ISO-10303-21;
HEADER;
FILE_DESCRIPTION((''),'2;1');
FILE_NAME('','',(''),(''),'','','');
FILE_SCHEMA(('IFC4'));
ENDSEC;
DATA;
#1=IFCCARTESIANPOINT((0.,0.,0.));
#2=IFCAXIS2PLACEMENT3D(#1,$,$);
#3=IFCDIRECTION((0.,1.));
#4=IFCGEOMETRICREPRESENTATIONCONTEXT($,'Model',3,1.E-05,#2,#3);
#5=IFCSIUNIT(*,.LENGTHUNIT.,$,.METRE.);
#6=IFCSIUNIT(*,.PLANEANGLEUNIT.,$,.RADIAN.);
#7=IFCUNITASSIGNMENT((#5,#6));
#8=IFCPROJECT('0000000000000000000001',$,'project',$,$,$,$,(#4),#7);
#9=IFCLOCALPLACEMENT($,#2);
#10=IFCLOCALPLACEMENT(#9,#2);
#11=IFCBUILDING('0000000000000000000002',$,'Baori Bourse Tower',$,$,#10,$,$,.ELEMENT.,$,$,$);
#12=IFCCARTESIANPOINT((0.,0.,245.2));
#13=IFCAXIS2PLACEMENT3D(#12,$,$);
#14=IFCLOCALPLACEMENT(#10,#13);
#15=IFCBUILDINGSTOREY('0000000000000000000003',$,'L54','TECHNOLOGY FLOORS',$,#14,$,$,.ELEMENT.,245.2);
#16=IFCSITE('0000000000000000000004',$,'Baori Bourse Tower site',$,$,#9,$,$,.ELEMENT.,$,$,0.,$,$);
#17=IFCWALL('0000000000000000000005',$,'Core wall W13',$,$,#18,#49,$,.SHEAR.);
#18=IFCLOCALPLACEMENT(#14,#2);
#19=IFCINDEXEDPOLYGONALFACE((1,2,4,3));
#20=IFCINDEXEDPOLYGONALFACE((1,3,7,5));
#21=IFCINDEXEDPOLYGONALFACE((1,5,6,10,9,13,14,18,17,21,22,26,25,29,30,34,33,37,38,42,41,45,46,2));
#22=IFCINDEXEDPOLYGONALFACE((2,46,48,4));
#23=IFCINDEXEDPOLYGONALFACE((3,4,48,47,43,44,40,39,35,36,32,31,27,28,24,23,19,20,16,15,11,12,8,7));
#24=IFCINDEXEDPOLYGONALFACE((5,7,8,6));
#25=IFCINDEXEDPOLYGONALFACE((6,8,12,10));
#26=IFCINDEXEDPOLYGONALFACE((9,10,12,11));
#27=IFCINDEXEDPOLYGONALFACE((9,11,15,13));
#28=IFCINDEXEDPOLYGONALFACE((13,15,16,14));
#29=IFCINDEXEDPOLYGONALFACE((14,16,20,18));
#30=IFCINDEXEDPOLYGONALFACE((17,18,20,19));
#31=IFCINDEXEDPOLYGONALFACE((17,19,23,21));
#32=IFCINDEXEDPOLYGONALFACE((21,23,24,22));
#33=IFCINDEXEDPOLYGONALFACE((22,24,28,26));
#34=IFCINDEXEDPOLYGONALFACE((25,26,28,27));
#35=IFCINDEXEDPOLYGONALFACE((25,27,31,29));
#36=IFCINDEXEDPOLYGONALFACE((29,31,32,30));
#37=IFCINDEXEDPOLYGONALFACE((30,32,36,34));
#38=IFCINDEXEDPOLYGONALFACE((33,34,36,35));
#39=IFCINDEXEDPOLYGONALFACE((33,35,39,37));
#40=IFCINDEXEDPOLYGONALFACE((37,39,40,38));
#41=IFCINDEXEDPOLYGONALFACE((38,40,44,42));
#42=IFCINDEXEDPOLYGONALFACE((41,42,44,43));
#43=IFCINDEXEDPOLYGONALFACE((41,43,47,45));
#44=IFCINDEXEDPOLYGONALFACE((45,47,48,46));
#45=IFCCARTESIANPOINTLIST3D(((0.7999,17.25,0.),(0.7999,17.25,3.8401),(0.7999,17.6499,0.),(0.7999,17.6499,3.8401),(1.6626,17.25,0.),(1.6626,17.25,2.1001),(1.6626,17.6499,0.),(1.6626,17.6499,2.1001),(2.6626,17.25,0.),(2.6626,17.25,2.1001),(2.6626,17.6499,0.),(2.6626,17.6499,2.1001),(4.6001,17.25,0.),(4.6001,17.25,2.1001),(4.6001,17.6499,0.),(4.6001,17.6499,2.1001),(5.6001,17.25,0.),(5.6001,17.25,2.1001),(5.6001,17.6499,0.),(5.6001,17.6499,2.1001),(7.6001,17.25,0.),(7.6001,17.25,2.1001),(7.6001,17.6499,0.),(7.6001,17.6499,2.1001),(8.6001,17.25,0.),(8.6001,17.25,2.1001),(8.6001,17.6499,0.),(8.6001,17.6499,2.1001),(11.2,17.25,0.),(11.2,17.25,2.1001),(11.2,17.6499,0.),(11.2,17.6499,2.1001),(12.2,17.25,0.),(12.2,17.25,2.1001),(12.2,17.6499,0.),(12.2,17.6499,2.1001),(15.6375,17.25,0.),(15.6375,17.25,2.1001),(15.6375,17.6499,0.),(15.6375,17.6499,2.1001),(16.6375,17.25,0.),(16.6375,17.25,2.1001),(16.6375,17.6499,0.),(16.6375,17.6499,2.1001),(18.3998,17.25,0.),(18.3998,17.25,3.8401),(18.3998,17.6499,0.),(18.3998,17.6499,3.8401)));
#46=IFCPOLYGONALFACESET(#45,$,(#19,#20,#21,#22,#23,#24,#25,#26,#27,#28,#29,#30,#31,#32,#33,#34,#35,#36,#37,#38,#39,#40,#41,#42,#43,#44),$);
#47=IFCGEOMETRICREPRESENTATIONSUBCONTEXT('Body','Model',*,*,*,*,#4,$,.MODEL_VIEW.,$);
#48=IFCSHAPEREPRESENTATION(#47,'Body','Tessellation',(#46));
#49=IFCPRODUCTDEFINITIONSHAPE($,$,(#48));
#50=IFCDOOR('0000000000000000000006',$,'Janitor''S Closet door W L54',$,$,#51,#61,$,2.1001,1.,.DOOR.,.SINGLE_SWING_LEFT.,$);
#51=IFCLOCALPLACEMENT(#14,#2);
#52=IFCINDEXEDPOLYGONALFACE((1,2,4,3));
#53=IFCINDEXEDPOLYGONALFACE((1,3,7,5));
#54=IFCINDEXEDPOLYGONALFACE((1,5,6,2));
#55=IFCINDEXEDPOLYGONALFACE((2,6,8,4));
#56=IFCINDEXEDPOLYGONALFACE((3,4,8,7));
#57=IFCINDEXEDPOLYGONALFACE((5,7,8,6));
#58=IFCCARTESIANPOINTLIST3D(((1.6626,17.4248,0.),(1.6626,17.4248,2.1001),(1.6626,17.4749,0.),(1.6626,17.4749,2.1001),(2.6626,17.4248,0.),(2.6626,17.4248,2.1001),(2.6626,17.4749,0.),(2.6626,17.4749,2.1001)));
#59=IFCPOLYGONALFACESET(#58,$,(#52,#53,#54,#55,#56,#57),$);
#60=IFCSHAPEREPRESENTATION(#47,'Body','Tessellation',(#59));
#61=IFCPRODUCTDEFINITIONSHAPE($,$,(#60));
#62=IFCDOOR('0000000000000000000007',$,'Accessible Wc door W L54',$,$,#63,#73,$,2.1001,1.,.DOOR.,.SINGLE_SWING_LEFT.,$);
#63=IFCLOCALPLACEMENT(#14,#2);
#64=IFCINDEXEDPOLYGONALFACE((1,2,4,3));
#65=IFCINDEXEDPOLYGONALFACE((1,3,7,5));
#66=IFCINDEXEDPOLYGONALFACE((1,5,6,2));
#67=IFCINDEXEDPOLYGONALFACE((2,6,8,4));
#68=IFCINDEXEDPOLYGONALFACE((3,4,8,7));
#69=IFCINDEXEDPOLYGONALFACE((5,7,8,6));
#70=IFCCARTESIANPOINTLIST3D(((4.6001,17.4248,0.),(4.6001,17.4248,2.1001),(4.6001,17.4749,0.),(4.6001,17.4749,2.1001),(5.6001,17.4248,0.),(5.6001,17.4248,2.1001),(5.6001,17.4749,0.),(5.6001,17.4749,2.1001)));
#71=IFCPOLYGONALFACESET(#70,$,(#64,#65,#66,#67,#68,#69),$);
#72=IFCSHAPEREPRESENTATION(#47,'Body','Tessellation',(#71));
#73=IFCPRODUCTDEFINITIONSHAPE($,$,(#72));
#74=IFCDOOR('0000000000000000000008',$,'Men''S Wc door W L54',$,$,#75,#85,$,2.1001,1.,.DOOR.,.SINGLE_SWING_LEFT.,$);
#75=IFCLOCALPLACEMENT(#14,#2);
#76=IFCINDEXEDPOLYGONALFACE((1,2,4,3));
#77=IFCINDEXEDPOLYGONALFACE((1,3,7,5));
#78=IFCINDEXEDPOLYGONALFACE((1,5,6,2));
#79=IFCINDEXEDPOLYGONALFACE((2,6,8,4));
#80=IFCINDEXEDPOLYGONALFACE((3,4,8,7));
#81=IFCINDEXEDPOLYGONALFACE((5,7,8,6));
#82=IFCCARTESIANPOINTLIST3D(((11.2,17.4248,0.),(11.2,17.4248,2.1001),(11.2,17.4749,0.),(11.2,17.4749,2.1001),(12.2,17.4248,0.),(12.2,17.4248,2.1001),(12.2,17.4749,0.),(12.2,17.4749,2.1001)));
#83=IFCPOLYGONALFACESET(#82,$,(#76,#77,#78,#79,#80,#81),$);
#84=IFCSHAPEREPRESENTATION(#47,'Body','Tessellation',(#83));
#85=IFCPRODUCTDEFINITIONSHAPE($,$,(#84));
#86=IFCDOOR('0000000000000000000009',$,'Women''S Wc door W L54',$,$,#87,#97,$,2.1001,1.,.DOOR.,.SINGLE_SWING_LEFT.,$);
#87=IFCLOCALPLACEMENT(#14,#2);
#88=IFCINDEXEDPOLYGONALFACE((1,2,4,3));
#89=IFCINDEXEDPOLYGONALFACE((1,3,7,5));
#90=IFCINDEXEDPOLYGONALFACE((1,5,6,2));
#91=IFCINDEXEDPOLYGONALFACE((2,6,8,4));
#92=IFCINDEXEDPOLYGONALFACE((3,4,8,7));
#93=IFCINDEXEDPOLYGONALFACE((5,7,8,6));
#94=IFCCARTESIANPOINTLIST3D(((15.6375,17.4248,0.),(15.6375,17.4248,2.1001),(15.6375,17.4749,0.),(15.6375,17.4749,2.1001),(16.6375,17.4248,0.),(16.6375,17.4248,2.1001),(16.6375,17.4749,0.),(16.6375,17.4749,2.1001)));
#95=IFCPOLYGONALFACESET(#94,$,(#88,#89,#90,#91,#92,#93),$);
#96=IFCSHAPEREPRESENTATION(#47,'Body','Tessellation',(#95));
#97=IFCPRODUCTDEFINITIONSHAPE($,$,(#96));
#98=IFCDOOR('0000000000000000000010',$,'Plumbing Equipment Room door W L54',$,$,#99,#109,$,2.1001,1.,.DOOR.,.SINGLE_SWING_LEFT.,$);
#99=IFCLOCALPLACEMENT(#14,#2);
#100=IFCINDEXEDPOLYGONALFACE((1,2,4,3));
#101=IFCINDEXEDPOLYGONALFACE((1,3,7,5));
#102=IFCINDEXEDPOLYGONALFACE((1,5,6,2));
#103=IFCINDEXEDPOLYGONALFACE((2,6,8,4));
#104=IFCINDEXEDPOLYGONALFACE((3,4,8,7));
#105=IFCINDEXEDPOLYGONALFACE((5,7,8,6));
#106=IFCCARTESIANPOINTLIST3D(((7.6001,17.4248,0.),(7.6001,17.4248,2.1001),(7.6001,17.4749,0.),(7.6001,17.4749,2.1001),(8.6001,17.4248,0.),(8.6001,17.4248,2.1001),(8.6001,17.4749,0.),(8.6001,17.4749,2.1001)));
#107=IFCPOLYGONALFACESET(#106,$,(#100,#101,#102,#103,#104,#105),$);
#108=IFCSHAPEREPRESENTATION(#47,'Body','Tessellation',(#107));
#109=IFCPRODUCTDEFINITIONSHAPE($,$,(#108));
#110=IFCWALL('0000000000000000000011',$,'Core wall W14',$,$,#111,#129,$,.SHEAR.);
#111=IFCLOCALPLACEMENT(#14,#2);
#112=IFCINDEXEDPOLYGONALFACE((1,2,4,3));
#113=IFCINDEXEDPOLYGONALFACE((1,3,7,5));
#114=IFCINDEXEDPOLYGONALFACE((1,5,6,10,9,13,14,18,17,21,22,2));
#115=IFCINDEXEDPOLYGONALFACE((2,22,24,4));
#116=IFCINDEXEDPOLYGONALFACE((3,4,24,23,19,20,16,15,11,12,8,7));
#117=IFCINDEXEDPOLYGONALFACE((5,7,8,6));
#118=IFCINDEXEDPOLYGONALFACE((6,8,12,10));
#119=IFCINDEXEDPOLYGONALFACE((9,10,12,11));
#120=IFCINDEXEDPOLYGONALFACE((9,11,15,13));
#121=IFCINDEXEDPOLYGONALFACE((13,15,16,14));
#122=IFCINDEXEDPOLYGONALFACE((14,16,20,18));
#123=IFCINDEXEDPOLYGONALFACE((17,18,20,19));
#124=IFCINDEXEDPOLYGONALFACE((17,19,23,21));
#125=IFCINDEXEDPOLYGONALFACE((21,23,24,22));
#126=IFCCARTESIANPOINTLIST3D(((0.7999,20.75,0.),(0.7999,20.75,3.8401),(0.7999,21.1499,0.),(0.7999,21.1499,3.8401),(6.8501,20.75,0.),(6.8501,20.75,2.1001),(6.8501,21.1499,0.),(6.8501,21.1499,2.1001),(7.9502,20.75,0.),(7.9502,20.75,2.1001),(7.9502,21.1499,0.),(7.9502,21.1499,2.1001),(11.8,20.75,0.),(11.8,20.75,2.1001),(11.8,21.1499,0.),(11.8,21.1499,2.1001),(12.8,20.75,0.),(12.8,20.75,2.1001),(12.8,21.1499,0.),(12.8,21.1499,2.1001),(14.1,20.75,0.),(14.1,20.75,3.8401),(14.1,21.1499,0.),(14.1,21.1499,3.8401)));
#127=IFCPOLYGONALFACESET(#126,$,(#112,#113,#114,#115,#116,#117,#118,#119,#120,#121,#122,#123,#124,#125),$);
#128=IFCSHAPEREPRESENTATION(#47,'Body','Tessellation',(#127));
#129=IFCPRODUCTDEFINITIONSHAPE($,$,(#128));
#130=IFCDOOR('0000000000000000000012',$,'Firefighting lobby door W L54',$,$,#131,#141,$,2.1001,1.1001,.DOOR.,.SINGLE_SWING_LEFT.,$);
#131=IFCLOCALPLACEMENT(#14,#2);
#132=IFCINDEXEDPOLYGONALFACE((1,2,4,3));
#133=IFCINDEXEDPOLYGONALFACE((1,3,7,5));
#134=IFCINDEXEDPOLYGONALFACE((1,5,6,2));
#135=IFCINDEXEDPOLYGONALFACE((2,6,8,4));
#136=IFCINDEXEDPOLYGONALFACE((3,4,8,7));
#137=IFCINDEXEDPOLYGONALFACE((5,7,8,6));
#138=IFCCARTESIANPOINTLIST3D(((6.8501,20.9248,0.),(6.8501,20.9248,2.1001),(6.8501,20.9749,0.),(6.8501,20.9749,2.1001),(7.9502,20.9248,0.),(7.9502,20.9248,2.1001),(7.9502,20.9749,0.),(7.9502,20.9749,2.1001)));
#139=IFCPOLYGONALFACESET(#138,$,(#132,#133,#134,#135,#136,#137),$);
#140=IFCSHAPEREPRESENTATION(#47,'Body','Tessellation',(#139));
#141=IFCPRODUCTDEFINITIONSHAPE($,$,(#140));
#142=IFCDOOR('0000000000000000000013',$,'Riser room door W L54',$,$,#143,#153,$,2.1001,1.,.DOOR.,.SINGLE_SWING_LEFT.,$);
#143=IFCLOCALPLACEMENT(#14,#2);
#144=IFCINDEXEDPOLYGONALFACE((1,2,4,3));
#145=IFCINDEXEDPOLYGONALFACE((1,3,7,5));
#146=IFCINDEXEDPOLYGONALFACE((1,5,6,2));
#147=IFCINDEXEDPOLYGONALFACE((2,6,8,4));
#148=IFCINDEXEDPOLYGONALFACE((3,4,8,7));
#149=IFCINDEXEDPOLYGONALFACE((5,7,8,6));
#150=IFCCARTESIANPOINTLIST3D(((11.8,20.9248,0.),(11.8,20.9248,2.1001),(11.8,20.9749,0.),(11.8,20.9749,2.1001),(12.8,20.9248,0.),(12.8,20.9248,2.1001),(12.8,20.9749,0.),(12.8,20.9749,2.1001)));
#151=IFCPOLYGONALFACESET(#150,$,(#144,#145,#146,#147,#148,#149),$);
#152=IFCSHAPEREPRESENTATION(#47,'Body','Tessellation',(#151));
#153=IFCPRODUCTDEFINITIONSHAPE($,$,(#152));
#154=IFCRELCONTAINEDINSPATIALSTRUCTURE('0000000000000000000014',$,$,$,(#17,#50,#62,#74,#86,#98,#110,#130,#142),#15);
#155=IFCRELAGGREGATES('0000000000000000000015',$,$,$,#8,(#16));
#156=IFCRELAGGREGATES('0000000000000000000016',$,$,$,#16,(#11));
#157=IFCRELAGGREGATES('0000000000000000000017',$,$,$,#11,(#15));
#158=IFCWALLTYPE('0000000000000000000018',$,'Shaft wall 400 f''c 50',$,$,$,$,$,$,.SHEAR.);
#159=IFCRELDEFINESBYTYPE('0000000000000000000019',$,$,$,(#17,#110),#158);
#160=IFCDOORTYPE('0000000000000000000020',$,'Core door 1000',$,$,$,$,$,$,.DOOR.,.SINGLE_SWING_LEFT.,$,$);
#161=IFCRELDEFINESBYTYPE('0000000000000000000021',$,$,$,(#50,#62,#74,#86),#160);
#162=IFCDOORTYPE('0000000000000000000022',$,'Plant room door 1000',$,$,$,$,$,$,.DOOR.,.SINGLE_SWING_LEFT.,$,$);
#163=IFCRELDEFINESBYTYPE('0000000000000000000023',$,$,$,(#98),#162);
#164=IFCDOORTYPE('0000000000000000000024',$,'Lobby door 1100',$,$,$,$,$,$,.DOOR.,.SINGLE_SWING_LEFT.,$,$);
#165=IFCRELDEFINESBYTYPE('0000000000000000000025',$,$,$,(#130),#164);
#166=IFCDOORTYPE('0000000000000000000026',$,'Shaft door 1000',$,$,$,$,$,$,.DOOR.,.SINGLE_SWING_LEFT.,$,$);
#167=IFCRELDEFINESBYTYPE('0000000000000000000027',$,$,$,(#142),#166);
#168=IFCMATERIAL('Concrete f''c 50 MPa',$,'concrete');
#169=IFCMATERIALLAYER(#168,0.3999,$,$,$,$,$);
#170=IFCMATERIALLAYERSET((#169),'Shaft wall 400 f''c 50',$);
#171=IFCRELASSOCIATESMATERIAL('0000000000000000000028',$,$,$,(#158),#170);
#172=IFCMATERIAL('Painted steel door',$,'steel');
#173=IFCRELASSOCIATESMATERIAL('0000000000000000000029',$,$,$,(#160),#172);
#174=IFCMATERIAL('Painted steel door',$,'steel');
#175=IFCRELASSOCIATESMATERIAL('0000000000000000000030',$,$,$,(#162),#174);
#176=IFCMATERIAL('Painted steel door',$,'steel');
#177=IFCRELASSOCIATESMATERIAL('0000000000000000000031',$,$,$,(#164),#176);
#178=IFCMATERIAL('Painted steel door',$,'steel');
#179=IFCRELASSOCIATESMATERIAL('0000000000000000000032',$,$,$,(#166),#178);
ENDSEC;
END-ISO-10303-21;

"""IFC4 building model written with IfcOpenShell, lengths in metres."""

from ifc_helpers import new_model, si_unit, direction, frame, frame_2d, origin, place, context, subcontext, project, spatial, rectangle, extrude, material, layer, layer_set, type_object, element, fill, save


model = new_model("IFC4")

# Units and contexts
model_context = context("Model", 3, precision=1e-05, world=origin(), true_north=direction((0.0, 1.0)))
body_context = subcontext(model_context, "Body", "Model", "MODEL_VIEW")
ifc_project = project(units=[si_unit("LENGTHUNIT", "METRE"), si_unit("PLANEANGLEUNIT", "RADIAN")], contexts=[model_context])

# Site, building, storey
site_placement = place(None, origin())
site = spatial("IfcSite", under=ifc_project, at=site_placement, Name="Baori Bourse Tower site", CompositionType="ELEMENT", RefElevation=0.0)
building_placement = place(site_placement, origin())
building = spatial("IfcBuilding", under=site, at=building_placement, Name="Baori Bourse Tower", CompositionType="ELEMENT")
storey_placement = place(building_placement, frame((0.0, 0.0, 245.2)))
storey = spatial("IfcBuildingStorey", under=building, at=storey_placement, Name="L54", Description="TECHNOLOGY FLOORS", CompositionType="ELEMENT", Elevation=245.2)

# Shared definitions
ifc_material_1 = material(Name="Concrete f'c 50 MPa", Category="concrete")
ifc_layer_1 = layer(ifc_material_1, 0.3999)
ifc_layer_set_1 = layer_set([ifc_layer_1], Name="Shaft wall 400 f'c 50")
wall_type_1 = type_object("IfcWallType", Name="Shaft wall 400 f'c 50", PredefinedType="SHEAR", material=ifc_layer_set_1)

# Walls, openings, doors
wall_1_placement = place(storey_placement, frame((0.8, 17.45, 0.0), z_axis=(0.0, 0.0, 1.0), x_axis=(1.0, 0.0, 0.0)))
wall_1 = element("IfcWall", 1, at=wall_1_placement, inside=storey, type_object=wall_type_1, Name="Core wall W13", PredefinedType="SHEAR", context=body_context, shape_type="SweptSolid", body=[
    extrude(rectangle(XDim=17.5999, YDim=0.3999, at=frame_2d((8.7998, 0.0))), origin(), (0.0, 0.0, 1.0), 3.8401),
])
opening_1_placement = place(wall_1_placement, frame((0.8625, 0.0, 0.0)))
opening_1 = element("IfcOpeningElement", 2, at=opening_1_placement, cuts=wall_1, PredefinedType="OPENING", context=body_context, shape_type="SweptSolid", body=[
    extrude(rectangle(XDim=1.0, YDim=2.1001, at=frame_2d((0.5, 1.05))), frame((0.0, 0.21, 0.0), z_axis=(0.0, -1.0, 0.0), x_axis=(1.0, 0.0, 0.0)), (0.0, 0.0, 1.0), 0.4199),
])
opening_2_placement = place(wall_1_placement, frame((3.8, 0.0, 0.0)))
opening_2 = element("IfcOpeningElement", 3, at=opening_2_placement, cuts=wall_1, PredefinedType="OPENING", context=body_context, shape_type="SweptSolid", body=[
    extrude(rectangle(XDim=1.0, YDim=2.1001, at=frame_2d((0.5, 1.05))), frame((0.0, 0.21, 0.0), z_axis=(0.0, -1.0, 0.0), x_axis=(1.0, 0.0, 0.0)), (0.0, 0.0, 1.0), 0.4199),
])
opening_3_placement = place(wall_1_placement, frame((6.8, 0.0, 0.0)))
opening_3 = element("IfcOpeningElement", 4, at=opening_3_placement, cuts=wall_1, PredefinedType="OPENING", context=body_context, shape_type="SweptSolid", body=[
    extrude(rectangle(XDim=1.0, YDim=2.1001, at=frame_2d((0.5, 1.05))), frame((0.0, 0.21, 0.0), z_axis=(0.0, -1.0, 0.0), x_axis=(1.0, 0.0, 0.0)), (0.0, 0.0, 1.0), 0.4199),
])
opening_4_placement = place(wall_1_placement, frame((10.3999, 0.0, 0.0)))
opening_4 = element("IfcOpeningElement", 5, at=opening_4_placement, cuts=wall_1, PredefinedType="OPENING", context=body_context, shape_type="SweptSolid", body=[
    extrude(rectangle(XDim=1.0, YDim=2.1001, at=frame_2d((0.5, 1.05))), frame((0.0, 0.21, 0.0), z_axis=(0.0, -1.0, 0.0), x_axis=(1.0, 0.0, 0.0)), (0.0, 0.0, 1.0), 0.4199),
])
opening_5_placement = place(wall_1_placement, frame((14.8374, 0.0, 0.0)))
opening_5 = element("IfcOpeningElement", 6, at=opening_5_placement, cuts=wall_1, PredefinedType="OPENING", context=body_context, shape_type="SweptSolid", body=[
    extrude(rectangle(XDim=1.0, YDim=2.1001, at=frame_2d((0.5, 1.05))), frame((0.0, 0.21, 0.0), z_axis=(0.0, -1.0, 0.0), x_axis=(1.0, 0.0, 0.0)), (0.0, 0.0, 1.0), 0.4199),
])
ifc_material_2 = material(Name="Painted steel door", Category="steel")
door_type_1 = type_object("IfcDoorType", Name="Core door 1000", OperationType="SINGLE_SWING_LEFT", PredefinedType="DOOR", material=ifc_material_2)
door_1_placement = place(opening_1_placement, origin())
door_1 = element("IfcDoor", 7, at=door_1_placement, inside=storey, type_object=door_type_1, Name="Janitor'S Closet door W L54", OperationType="SINGLE_SWING_LEFT", OverallHeight=2.1001, OverallWidth=1.0, PredefinedType="DOOR", context=body_context, shape_type="SweptSolid", body=[
    extrude(rectangle(XDim=1.0, YDim=2.1001, at=frame_2d((0.5, 1.05))), frame((0.0, 0.0249, 0.0), z_axis=(0.0, -1.0, 0.0), x_axis=(1.0, 0.0, 0.0)), (0.0, 0.0, 1.0), 0.05),
])
fill(opening_1, door_1)
door_2_placement = place(opening_2_placement, origin())
door_2 = element("IfcDoor", 8, at=door_2_placement, inside=storey, type_object=door_type_1, Name="Accessible Wc door W L54", OperationType="SINGLE_SWING_LEFT", OverallHeight=2.1001, OverallWidth=1.0, PredefinedType="DOOR", context=body_context, shape_type="SweptSolid", body=[
    extrude(rectangle(XDim=1.0, YDim=2.1001, at=frame_2d((0.5, 1.05))), frame((0.0, 0.0249, 0.0), z_axis=(0.0, -1.0, 0.0), x_axis=(1.0, 0.0, 0.0)), (0.0, 0.0, 1.0), 0.05),
])
fill(opening_2, door_2)
door_3_placement = place(opening_4_placement, origin())
door_3 = element("IfcDoor", 9, at=door_3_placement, inside=storey, type_object=door_type_1, Name="Men'S Wc door W L54", OperationType="SINGLE_SWING_LEFT", OverallHeight=2.1001, OverallWidth=1.0, PredefinedType="DOOR", context=body_context, shape_type="SweptSolid", body=[
    extrude(rectangle(XDim=1.0, YDim=2.1001, at=frame_2d((0.5, 1.05))), frame((0.0, 0.0249, 0.0), z_axis=(0.0, -1.0, 0.0), x_axis=(1.0, 0.0, 0.0)), (0.0, 0.0, 1.0), 0.05),
])
fill(opening_4, door_3)
door_4_placement = place(opening_5_placement, origin())
door_4 = element("IfcDoor", 10, at=door_4_placement, inside=storey, type_object=door_type_1, Name="Women'S Wc door W L54", OperationType="SINGLE_SWING_LEFT", OverallHeight=2.1001, OverallWidth=1.0, PredefinedType="DOOR", context=body_context, shape_type="SweptSolid", body=[
    extrude(rectangle(XDim=1.0, YDim=2.1001, at=frame_2d((0.5, 1.05))), frame((0.0, 0.0249, 0.0), z_axis=(0.0, -1.0, 0.0), x_axis=(1.0, 0.0, 0.0)), (0.0, 0.0, 1.0), 0.05),
])
fill(opening_5, door_4)
ifc_material_3 = material(Name="Painted steel door", Category="steel")
door_type_2 = type_object("IfcDoorType", Name="Plant room door 1000", OperationType="SINGLE_SWING_LEFT", PredefinedType="DOOR", material=ifc_material_3)
door_5_placement = place(opening_3_placement, origin())
door_5 = element("IfcDoor", 11, at=door_5_placement, inside=storey, type_object=door_type_2, Name="Plumbing Equipment Room door W L54", OperationType="SINGLE_SWING_LEFT", OverallHeight=2.1001, OverallWidth=1.0, PredefinedType="DOOR", context=body_context, shape_type="SweptSolid", body=[
    extrude(rectangle(XDim=1.0, YDim=2.1001, at=frame_2d((0.5, 1.05))), frame((0.0, 0.0249, 0.0), z_axis=(0.0, -1.0, 0.0), x_axis=(1.0, 0.0, 0.0)), (0.0, 0.0, 1.0), 0.05),
])
fill(opening_3, door_5)
wall_2_placement = place(storey_placement, frame((0.8, 20.95, 0.0), z_axis=(0.0, 0.0, 1.0), x_axis=(1.0, 0.0, 0.0)))
wall_2 = element("IfcWall", 12, at=wall_2_placement, inside=storey, type_object=wall_type_1, Name="Core wall W14", PredefinedType="SHEAR", context=body_context, shape_type="SweptSolid", body=[
    extrude(rectangle(XDim=13.3, YDim=0.3999, at=frame_2d((6.6499, 0.0))), origin(), (0.0, 0.0, 1.0), 3.8401),
])
opening_6_placement = place(wall_2_placement, frame((6.05, 0.0, 0.0)))
opening_6 = element("IfcOpeningElement", 13, at=opening_6_placement, cuts=wall_2, PredefinedType="OPENING", context=body_context, shape_type="SweptSolid", body=[
    extrude(rectangle(XDim=1.1001, YDim=2.1001, at=frame_2d((0.55, 1.05))), frame((0.0, 0.21, 0.0), z_axis=(0.0, -1.0, 0.0), x_axis=(1.0, 0.0, 0.0)), (0.0, 0.0, 1.0), 0.4199),
])
opening_7_placement = place(wall_2_placement, frame((11.0, 0.0, 0.0)))
opening_7 = element("IfcOpeningElement", 14, at=opening_7_placement, cuts=wall_2, PredefinedType="OPENING", context=body_context, shape_type="SweptSolid", body=[
    extrude(rectangle(XDim=1.0, YDim=2.1001, at=frame_2d((0.5, 1.05))), frame((0.0, 0.21, 0.0), z_axis=(0.0, -1.0, 0.0), x_axis=(1.0, 0.0, 0.0)), (0.0, 0.0, 1.0), 0.4199),
])
ifc_material_4 = material(Name="Painted steel door", Category="steel")
door_type_3 = type_object("IfcDoorType", Name="Lobby door 1100", OperationType="SINGLE_SWING_LEFT", PredefinedType="DOOR", material=ifc_material_4)
door_6_placement = place(opening_6_placement, origin())
door_6 = element("IfcDoor", 15, at=door_6_placement, inside=storey, type_object=door_type_3, Name="Firefighting lobby door W L54", OperationType="SINGLE_SWING_LEFT", OverallHeight=2.1001, OverallWidth=1.1001, PredefinedType="DOOR", context=body_context, shape_type="SweptSolid", body=[
    extrude(rectangle(XDim=1.1001, YDim=2.1001, at=frame_2d((0.55, 1.05))), frame((0.0, 0.0249, 0.0), z_axis=(0.0, -1.0, 0.0), x_axis=(1.0, 0.0, 0.0)), (0.0, 0.0, 1.0), 0.05),
])
fill(opening_6, door_6)
ifc_material_5 = material(Name="Painted steel door", Category="steel")
door_type_4 = type_object("IfcDoorType", Name="Shaft door 1000", OperationType="SINGLE_SWING_LEFT", PredefinedType="DOOR", material=ifc_material_5)
door_7_placement = place(opening_7_placement, origin())
door_7 = element("IfcDoor", 16, at=door_7_placement, inside=storey, type_object=door_type_4, Name="Riser room door W L54", OperationType="SINGLE_SWING_LEFT", OverallHeight=2.1001, OverallWidth=1.0, PredefinedType="DOOR", context=body_context, shape_type="SweptSolid", body=[
    extrude(rectangle(XDim=1.0, YDim=2.1001, at=frame_2d((0.5, 1.05))), frame((0.0, 0.0249, 0.0), z_axis=(0.0, -1.0, 0.0), x_axis=(1.0, 0.0, 0.0)), (0.0, 0.0, 1.0), 0.05),
])
fill(opening_7, door_7)

save(model, "model.ifc")
